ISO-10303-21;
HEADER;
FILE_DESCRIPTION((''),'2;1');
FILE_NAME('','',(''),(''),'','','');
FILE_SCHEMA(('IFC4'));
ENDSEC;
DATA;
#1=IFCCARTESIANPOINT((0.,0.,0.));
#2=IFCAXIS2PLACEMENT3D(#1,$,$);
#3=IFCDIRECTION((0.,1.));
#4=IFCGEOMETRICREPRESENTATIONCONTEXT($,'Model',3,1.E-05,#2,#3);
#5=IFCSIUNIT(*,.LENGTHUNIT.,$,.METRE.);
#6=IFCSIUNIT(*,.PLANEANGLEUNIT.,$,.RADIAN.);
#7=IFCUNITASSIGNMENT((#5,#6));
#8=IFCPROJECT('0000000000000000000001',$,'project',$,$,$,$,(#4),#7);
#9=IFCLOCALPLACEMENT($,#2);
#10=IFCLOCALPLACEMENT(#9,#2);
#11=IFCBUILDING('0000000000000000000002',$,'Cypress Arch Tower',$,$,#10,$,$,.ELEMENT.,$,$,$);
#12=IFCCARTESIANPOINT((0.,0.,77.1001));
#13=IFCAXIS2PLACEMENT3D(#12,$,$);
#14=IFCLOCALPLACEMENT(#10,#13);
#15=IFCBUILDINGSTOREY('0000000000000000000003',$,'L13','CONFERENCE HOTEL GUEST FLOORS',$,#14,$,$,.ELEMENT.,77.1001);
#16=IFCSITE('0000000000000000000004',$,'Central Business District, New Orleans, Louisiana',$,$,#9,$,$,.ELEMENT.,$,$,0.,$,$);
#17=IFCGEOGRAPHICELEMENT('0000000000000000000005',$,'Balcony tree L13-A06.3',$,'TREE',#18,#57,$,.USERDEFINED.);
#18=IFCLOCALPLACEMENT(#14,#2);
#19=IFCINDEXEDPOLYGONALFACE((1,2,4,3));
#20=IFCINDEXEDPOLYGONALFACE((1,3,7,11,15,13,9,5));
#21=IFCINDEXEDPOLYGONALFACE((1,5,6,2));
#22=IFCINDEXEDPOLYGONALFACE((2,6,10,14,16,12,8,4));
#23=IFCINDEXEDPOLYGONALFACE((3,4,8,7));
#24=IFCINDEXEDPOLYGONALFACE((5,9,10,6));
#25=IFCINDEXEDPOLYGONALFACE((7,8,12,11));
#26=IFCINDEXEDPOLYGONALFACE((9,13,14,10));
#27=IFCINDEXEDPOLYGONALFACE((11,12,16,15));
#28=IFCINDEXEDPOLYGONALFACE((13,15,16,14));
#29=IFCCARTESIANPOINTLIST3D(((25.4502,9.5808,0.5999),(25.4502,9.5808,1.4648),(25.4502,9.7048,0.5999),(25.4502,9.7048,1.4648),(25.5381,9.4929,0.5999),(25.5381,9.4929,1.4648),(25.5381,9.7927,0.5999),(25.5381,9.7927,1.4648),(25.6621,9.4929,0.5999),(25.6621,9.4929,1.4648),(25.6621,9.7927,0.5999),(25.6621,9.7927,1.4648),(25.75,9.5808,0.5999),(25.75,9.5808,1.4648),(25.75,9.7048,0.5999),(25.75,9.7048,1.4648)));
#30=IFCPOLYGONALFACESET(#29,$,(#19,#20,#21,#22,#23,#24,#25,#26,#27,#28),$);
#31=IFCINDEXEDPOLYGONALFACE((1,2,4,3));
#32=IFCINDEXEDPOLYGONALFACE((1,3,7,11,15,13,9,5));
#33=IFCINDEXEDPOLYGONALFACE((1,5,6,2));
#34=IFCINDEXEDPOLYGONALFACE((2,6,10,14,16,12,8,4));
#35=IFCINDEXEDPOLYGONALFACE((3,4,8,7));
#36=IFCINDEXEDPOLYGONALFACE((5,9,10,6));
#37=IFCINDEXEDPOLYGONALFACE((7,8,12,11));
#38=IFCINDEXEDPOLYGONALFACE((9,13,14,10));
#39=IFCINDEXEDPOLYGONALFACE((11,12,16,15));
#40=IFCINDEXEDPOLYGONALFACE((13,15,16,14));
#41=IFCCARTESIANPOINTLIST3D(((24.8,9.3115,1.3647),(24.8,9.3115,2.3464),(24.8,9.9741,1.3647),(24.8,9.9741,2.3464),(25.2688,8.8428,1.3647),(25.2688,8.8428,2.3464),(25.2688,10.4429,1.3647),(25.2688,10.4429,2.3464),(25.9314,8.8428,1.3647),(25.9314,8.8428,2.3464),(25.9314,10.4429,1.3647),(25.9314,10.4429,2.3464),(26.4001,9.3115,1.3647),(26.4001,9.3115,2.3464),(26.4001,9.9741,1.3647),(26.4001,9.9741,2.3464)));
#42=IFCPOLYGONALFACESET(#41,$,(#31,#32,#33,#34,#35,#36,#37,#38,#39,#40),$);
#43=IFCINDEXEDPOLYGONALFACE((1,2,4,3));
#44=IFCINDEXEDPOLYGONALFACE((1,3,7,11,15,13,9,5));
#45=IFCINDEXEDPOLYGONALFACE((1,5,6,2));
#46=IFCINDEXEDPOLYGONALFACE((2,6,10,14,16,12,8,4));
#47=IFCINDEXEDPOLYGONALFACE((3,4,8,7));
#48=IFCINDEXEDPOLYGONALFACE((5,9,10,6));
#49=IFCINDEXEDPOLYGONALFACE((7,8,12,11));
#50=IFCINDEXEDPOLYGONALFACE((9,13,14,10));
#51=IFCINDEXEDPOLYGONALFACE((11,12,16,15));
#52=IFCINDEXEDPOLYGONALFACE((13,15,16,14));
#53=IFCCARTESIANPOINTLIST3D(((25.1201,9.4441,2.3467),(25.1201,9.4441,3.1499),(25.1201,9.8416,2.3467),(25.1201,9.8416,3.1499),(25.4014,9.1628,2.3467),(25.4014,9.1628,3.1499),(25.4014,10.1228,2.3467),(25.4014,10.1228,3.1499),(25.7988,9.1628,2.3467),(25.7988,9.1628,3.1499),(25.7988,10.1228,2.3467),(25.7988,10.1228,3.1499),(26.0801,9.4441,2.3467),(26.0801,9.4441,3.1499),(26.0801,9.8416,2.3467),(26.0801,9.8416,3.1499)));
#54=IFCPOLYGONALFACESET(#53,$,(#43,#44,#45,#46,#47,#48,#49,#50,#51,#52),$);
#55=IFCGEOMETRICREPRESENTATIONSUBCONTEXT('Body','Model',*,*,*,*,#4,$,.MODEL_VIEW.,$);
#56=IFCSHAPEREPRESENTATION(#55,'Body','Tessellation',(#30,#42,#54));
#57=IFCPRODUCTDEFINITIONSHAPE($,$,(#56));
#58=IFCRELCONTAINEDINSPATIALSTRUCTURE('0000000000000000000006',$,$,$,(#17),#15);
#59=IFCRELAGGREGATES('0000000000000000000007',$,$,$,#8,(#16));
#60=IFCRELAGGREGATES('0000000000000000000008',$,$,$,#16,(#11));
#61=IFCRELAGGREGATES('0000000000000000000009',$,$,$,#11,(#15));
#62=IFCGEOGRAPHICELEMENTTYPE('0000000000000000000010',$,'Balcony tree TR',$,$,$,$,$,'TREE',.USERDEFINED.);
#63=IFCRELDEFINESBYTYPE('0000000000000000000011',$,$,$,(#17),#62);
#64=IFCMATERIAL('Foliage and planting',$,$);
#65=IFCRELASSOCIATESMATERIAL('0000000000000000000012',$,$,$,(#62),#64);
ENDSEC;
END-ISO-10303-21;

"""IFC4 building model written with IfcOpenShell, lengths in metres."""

from ifc_helpers import new_model, si_unit, direction, frame, origin, place, context, subcontext, project, spatial, polyline, outline, extrude, material, type_object, element, save


model = new_model("IFC4")

# Units and contexts
model_context = context("Model", 3, precision=1e-05, world=origin(), true_north=direction((0.0, 1.0)))
body_context = subcontext(model_context, "Body", "Model", "MODEL_VIEW")
ifc_project = project(units=[si_unit("LENGTHUNIT", "METRE"), si_unit("PLANEANGLEUNIT", "RADIAN")], contexts=[model_context])

# Site, building, storey
site_placement = place(None, origin())
site = spatial("IfcSite", under=ifc_project, at=site_placement, Name="Central Business District, New Orleans, Louisiana", CompositionType="ELEMENT", RefElevation=0.0)
building_placement = place(site_placement, origin())
building = spatial("IfcBuilding", under=site, at=building_placement, Name="Cypress Arch Tower", CompositionType="ELEMENT")
storey_placement = place(building_placement, frame((0.0, 0.0, 77.1001)))
storey = spatial("IfcBuildingStorey", under=building, at=storey_placement, Name="L13", Description="CONFERENCE HOTEL GUEST FLOORS", CompositionType="ELEMENT", Elevation=77.1001)

# Geographic element
ifc_material_1 = material(Name="Foliage and planting")
geographic_element_type = type_object("IfcGeographicElementType", Name="Balcony tree TR", ElementType="TREE", PredefinedType="USERDEFINED", material=ifc_material_1)
for number, where, z_axis, x_axis, name in (
    (1, (25.6001, 9.6428, 0.5999), (0.0, 0.0, 1.0), (1.0, 0.0, 0.0), "Balcony tree L13-A06.3"),
):
    element("IfcGeographicElement", number, at=place(storey_placement, frame(where, z_axis=z_axis, x_axis=x_axis)), inside=storey, type_object=geographic_element_type, Name=name, ObjectType="TREE", PredefinedType="USERDEFINED", context=body_context, shape_type="SweptSolid", body=[
        extrude(outline(polyline([(0.1499, 0.062), (0.062, 0.1499), (-0.062, 0.1499), (-0.1499, 0.062), (-0.1499, -0.062), (-0.062, -0.1499), (0.062, -0.1499), (0.1499, -0.062), (0.1499, 0.062)])), origin(), (0.0, 0.0, 1.0), 0.865),
        extrude(outline(polyline([(0.8, 0.3313), (0.3313, 0.8), (-0.3313, 0.8), (-0.8, 0.3313), (-0.8, -0.3313), (-0.3313, -0.8), (0.3313, -0.8), (0.8, -0.3313), (0.8, 0.3313)])), frame((0.0, 0.0, 0.7649)), (0.0, 0.0, 1.0), 0.9817),
        extrude(outline(polyline([(0.48, 0.1987), (0.1987, 0.48), (-0.1987, 0.48), (-0.48, 0.1987), (-0.48, -0.1987), (-0.1987, -0.48), (0.1987, -0.48), (0.48, -0.1987), (0.48, 0.1987)])), frame((0.0, 0.0, 1.7468)), (0.0, 0.0, 1.0), 0.8032),
    ])

save(model, "model.ifc")
